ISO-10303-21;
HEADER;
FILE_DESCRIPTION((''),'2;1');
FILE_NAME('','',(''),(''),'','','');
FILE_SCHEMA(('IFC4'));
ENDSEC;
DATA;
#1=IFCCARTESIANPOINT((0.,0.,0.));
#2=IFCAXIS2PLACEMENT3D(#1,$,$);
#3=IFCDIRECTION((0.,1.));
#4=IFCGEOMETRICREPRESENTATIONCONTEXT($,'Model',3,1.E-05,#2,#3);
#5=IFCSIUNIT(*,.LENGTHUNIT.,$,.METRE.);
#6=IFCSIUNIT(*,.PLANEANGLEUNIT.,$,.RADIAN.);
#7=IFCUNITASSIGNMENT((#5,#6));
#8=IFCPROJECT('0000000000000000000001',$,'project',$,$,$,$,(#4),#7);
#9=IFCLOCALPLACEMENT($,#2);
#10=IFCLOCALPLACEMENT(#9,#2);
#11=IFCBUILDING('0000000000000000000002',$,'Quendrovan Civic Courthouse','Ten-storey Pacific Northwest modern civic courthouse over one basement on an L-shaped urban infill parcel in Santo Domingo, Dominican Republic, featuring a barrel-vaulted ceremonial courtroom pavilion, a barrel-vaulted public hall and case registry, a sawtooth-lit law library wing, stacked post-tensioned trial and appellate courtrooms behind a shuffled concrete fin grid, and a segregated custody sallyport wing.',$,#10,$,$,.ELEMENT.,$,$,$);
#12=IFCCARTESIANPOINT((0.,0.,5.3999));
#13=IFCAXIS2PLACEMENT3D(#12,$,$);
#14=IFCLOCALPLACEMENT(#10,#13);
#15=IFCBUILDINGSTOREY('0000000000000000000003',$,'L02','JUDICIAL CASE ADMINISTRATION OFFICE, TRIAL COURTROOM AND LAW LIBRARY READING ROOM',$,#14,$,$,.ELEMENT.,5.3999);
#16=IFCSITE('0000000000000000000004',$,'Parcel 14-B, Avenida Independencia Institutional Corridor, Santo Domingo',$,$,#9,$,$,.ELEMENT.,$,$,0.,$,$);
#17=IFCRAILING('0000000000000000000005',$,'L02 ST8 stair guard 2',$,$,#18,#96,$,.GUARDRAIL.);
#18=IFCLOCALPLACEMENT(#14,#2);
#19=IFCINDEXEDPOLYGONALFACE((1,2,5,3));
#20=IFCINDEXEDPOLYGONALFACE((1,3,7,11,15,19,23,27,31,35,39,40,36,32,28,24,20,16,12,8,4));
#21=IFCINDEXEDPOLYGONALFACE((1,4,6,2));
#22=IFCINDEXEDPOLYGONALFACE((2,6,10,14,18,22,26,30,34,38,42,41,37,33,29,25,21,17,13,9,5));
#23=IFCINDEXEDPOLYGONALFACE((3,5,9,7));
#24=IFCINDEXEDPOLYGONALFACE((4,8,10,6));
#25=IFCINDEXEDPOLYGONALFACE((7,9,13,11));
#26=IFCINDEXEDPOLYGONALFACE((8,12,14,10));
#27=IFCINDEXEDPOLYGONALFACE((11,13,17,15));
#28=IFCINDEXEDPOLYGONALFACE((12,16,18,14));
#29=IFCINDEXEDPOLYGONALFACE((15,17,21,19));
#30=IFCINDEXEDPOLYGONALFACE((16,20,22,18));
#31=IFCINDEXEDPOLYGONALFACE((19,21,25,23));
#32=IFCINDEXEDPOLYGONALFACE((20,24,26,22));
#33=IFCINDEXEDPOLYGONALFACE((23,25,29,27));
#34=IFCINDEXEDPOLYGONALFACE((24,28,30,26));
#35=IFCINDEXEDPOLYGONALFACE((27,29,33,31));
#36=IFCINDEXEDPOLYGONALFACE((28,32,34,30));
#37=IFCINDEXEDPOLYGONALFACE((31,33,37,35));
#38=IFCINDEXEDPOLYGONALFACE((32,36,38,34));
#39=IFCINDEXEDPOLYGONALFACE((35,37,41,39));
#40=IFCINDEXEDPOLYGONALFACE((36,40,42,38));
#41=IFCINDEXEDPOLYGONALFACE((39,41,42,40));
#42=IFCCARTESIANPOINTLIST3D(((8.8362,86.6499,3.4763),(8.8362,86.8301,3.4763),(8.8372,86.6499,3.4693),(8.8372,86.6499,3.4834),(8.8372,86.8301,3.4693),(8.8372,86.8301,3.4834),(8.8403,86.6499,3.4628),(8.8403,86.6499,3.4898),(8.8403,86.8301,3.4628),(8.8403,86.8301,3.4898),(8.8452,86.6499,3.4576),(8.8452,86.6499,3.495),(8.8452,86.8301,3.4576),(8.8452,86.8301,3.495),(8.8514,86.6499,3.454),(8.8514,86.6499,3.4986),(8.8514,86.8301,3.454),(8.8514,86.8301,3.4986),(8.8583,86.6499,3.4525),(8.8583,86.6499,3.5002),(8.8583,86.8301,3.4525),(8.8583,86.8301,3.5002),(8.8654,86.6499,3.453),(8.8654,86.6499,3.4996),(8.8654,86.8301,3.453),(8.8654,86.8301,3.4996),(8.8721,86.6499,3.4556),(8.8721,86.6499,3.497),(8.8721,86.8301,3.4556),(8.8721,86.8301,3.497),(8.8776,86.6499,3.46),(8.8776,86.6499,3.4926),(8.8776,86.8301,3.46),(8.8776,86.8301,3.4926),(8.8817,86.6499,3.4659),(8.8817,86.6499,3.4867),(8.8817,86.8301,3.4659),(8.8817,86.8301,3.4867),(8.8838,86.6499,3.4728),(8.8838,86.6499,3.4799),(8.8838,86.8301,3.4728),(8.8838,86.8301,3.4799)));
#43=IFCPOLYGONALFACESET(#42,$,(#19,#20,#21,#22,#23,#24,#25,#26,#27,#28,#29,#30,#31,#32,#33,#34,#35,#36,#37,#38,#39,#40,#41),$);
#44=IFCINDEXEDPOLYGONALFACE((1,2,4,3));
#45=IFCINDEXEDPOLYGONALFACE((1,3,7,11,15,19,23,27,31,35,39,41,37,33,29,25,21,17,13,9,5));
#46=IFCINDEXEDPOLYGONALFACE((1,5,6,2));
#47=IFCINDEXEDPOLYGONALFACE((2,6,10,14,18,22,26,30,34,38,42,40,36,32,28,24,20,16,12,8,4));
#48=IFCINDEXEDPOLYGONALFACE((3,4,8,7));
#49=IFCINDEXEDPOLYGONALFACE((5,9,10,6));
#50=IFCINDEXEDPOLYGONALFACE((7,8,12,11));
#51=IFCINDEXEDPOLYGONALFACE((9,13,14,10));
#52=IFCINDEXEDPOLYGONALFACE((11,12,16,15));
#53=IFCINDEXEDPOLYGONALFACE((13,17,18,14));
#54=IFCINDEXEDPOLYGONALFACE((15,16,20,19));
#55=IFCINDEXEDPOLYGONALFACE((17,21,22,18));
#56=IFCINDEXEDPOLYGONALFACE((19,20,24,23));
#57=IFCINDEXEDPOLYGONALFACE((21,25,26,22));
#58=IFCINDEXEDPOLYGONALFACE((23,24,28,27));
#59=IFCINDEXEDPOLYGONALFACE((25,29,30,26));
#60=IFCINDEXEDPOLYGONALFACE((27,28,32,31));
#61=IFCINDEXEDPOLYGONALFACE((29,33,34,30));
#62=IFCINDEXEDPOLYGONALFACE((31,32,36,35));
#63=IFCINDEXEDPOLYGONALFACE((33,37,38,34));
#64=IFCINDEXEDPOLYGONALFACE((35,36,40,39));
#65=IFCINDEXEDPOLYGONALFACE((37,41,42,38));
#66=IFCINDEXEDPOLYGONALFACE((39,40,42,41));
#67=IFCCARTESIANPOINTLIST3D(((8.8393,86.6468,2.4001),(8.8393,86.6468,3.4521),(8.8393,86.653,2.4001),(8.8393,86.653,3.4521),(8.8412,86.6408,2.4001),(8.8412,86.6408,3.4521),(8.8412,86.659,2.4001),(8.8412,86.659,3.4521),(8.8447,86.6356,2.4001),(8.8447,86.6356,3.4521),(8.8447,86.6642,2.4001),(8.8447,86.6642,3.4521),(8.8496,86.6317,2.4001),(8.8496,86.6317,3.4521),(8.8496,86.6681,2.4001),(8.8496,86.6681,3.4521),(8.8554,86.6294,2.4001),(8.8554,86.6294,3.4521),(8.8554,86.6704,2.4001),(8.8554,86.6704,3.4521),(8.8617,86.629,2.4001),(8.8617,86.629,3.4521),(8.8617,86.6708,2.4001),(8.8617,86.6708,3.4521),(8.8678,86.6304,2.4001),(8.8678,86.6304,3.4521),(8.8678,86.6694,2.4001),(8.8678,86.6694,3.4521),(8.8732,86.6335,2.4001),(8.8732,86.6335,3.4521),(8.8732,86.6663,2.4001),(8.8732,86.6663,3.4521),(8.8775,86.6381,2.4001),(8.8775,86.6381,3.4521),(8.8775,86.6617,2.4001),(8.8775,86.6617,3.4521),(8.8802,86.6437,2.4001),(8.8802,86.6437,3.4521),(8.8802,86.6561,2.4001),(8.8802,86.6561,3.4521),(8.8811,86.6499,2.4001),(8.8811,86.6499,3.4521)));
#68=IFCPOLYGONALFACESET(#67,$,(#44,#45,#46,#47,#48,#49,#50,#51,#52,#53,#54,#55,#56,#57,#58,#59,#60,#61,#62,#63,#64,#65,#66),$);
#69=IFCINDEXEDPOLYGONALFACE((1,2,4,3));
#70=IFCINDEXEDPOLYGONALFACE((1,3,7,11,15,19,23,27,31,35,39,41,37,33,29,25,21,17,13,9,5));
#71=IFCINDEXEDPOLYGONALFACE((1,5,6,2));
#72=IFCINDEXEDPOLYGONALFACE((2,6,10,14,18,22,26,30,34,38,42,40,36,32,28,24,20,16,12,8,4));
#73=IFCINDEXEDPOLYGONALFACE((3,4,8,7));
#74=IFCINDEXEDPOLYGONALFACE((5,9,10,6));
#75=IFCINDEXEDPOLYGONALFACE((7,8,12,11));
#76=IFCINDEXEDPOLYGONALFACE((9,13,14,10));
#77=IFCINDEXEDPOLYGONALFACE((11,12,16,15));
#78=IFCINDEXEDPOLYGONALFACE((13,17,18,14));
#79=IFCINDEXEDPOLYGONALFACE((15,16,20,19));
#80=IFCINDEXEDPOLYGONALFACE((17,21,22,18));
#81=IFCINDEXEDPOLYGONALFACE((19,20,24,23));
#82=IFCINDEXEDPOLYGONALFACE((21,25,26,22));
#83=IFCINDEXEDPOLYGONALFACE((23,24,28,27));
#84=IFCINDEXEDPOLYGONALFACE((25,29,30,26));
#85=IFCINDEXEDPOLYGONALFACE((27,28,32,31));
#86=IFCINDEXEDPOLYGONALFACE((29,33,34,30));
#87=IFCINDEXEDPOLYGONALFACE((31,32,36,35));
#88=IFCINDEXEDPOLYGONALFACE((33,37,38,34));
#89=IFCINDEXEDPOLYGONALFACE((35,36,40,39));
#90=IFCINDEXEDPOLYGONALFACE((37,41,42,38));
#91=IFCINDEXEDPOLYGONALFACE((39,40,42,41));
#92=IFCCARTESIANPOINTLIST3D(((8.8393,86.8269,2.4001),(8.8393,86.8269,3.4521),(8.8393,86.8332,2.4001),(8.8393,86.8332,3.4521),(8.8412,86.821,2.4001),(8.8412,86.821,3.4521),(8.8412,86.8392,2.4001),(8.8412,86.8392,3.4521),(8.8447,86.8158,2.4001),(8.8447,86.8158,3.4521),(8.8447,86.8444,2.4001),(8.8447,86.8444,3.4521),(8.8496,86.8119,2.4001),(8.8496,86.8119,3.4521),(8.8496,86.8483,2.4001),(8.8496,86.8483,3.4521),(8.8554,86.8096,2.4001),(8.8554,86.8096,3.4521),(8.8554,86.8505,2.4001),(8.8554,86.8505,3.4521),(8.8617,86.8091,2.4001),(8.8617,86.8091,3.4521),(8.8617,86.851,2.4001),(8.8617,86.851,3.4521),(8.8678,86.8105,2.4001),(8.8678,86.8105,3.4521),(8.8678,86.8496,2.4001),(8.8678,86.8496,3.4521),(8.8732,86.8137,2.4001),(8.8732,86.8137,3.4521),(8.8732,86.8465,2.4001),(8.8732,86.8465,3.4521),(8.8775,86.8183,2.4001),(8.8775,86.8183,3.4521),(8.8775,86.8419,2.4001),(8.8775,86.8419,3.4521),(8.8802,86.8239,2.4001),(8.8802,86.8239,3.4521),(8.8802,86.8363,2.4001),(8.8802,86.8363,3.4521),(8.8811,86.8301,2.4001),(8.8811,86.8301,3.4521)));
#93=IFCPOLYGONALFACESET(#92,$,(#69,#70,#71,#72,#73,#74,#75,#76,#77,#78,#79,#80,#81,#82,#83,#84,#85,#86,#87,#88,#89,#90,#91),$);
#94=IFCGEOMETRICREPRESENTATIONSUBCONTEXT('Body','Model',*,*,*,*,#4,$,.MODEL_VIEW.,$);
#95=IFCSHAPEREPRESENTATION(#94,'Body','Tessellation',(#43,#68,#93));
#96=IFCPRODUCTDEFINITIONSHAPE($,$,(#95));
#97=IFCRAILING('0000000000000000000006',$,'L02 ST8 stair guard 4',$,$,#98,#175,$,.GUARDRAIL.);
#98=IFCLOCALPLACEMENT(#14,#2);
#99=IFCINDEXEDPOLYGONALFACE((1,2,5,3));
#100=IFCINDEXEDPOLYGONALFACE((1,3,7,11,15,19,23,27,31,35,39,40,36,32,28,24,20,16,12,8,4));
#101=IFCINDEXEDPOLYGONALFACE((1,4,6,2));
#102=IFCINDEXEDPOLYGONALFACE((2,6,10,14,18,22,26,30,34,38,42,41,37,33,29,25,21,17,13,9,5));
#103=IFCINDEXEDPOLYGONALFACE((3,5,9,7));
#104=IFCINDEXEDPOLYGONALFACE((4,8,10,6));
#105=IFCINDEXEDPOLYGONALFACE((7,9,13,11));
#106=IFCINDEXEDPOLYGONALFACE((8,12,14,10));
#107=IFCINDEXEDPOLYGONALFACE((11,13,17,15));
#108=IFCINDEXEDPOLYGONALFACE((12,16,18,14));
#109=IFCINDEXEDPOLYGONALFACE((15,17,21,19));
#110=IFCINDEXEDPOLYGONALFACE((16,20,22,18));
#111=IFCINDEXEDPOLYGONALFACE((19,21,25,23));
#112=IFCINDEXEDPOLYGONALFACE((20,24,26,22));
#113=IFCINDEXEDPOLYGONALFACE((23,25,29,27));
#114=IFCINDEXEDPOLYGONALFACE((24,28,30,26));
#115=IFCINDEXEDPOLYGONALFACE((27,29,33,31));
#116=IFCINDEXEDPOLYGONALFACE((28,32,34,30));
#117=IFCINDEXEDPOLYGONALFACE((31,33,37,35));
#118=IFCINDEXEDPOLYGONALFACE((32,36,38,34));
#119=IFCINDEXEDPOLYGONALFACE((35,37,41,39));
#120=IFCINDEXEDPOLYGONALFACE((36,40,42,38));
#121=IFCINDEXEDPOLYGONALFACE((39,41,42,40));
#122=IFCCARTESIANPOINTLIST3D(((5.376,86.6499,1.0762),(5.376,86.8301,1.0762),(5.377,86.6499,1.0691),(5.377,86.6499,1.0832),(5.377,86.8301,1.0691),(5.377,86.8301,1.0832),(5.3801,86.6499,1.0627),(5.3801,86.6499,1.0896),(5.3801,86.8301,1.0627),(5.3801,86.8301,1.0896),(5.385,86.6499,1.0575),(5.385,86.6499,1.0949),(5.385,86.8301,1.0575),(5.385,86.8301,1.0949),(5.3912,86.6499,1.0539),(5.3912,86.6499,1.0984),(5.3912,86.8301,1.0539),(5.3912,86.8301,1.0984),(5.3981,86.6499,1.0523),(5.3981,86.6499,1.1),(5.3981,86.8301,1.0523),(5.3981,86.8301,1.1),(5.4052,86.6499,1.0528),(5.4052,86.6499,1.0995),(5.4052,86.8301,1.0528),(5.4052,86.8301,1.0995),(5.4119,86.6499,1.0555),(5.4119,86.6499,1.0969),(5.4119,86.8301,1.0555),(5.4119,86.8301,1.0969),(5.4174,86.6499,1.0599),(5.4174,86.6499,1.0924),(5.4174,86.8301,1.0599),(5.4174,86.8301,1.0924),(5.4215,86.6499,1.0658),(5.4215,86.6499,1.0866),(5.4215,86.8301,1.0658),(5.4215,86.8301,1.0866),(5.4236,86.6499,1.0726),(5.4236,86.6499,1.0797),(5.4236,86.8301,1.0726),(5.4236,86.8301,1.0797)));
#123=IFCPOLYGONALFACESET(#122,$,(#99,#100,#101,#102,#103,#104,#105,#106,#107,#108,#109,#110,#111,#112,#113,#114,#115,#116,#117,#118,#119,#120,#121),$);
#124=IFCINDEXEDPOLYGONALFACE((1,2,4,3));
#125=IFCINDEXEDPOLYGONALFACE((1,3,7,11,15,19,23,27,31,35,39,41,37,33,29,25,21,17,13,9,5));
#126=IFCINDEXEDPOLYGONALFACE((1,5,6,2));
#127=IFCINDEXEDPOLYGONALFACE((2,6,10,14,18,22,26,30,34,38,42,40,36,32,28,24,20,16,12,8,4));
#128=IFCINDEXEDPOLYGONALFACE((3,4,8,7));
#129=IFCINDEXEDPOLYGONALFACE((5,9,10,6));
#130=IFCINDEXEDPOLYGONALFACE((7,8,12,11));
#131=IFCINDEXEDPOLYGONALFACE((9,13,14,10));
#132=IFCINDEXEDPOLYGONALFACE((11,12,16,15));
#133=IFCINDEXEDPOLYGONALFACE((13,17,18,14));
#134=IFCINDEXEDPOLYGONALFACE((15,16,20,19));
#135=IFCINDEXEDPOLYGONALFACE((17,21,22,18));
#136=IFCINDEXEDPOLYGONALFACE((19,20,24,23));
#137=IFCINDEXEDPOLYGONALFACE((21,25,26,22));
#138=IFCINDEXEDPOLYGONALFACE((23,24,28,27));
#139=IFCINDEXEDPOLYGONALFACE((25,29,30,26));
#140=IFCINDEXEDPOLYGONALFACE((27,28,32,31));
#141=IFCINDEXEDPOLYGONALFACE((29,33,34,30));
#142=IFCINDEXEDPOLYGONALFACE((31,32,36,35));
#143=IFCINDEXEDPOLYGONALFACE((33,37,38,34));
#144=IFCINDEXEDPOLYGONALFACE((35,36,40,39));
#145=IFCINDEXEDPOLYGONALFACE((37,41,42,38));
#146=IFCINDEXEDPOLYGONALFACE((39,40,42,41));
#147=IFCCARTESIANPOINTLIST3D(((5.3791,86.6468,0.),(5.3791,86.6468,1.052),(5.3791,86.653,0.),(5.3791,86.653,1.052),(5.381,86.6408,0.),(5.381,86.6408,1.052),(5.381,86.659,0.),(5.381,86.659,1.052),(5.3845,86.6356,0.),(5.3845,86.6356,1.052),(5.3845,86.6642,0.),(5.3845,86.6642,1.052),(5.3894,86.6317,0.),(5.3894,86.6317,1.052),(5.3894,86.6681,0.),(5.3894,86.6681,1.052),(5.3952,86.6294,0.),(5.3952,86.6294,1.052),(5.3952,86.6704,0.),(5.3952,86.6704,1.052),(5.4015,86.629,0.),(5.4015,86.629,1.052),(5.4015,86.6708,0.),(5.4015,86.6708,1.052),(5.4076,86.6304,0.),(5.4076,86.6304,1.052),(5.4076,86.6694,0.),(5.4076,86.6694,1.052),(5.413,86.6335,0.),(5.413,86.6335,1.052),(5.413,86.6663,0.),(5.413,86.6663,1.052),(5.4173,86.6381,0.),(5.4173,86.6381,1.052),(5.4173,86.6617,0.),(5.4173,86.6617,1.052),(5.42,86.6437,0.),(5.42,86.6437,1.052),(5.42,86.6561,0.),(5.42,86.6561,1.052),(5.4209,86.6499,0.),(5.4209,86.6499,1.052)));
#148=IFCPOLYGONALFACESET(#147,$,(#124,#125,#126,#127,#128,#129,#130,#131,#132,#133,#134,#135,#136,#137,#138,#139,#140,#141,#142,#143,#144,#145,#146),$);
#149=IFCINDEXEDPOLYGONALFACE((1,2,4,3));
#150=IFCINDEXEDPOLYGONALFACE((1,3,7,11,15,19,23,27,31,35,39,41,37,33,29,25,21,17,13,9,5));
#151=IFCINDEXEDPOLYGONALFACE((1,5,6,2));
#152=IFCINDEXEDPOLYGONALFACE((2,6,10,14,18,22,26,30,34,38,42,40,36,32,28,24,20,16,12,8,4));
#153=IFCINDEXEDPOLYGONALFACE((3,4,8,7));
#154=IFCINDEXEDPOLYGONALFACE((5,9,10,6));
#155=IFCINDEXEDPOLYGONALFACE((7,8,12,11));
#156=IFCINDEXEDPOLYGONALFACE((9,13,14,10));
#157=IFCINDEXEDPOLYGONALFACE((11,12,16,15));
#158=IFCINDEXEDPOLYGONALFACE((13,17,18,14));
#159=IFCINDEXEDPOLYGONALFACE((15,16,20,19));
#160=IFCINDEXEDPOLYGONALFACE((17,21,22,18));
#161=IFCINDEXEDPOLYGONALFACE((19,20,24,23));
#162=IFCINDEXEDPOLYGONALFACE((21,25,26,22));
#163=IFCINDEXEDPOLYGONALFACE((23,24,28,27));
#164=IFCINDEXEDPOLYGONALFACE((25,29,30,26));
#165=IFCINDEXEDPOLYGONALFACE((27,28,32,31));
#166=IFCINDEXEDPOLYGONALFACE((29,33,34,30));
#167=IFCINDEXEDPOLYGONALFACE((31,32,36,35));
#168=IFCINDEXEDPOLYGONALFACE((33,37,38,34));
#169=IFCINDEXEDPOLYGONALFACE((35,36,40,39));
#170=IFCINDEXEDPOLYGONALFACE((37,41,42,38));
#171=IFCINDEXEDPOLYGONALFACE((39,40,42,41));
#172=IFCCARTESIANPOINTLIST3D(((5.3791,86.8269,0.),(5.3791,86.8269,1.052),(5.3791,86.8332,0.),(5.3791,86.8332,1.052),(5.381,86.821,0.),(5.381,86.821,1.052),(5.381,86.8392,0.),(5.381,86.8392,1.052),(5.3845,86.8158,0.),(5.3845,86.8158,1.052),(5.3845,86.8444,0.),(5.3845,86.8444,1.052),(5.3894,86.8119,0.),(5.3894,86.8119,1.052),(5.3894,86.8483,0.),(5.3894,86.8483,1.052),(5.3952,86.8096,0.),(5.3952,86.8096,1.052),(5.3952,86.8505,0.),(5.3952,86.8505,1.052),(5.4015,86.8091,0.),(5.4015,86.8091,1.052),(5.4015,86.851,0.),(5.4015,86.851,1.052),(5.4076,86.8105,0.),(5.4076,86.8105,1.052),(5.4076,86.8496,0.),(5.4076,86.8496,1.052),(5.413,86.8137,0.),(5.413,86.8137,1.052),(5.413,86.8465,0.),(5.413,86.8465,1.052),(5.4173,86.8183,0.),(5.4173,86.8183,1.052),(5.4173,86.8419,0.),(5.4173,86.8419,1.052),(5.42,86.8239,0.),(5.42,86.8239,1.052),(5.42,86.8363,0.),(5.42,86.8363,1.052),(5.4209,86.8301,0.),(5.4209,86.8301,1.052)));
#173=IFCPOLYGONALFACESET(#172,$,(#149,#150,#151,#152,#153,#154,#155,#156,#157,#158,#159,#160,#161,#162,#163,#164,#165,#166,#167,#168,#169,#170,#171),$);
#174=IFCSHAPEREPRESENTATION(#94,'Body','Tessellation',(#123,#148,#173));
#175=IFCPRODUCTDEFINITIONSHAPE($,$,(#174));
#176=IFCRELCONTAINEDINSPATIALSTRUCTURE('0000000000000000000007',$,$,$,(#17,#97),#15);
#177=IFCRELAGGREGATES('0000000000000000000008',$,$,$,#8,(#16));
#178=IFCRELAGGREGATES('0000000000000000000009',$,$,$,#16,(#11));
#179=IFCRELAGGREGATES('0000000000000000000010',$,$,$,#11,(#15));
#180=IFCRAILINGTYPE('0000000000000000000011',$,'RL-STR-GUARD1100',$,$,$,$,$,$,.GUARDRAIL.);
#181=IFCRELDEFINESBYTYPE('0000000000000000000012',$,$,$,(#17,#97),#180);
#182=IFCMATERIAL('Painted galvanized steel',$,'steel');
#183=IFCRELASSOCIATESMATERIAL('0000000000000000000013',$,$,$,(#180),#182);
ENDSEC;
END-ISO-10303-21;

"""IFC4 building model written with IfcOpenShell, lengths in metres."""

from ifc_helpers import new_model, si_unit, direction, frame, origin, origin_2d, place, context, subcontext, project, spatial, circle, extrude, material, type_object, element, save


model = new_model("IFC4")

# Units and contexts
model_context = context("Model", 3, precision=1e-05, world=origin(), true_north=direction((0.0, 1.0)))
body_context = subcontext(model_context, "Body", "Model", "MODEL_VIEW")
ifc_project = project(units=[si_unit("LENGTHUNIT", "METRE"), si_unit("PLANEANGLEUNIT", "RADIAN")], contexts=[model_context])

# Site, building, storey
site_placement = place(None, origin())
site = spatial("IfcSite", under=ifc_project, at=site_placement, Name="Parcel 14-B, Avenida Independencia Institutional Corridor, Santo Domingo", CompositionType="ELEMENT", RefElevation=0.0)
building_placement = place(site_placement, origin())
building = spatial("IfcBuilding", under=site, at=building_placement, Name="Quendrovan Civic Courthouse", Description="Ten-storey Pacific Northwest modern civic courthouse over one basement on an L-shaped urban infill parcel in Santo Domingo, Dominican Republic, featuring a barrel-vaulted ceremonial courtroom pavilion, a barrel-vaulted public hall and case registry, a sawtooth-lit law library wing, stacked post-tensioned trial and appellate courtrooms behind a shuffled concrete fin grid, and a segregated custody sallyport wing.", CompositionType="ELEMENT")
storey_placement = place(building_placement, frame((0.0, 0.0, 5.3999)))
storey = spatial("IfcBuildingStorey", under=building, at=storey_placement, Name="L02", Description="JUDICIAL CASE ADMINISTRATION OFFICE, TRIAL COURTROOM AND LAW LIBRARY READING ROOM", CompositionType="ELEMENT", Elevation=5.3999)

# Railings
ifc_material_1 = material(Name="Painted galvanized steel", Category="steel")
railing_type_1 = type_object("IfcRailingType", Name="RL-STR-GUARD1100", PredefinedType="GUARDRAIL", material=ifc_material_1)
for number, where, name in (
    (1, (8.8601, 86.6499, 2.4001), "L02 ST8 stair guard 2"),
    (2, (5.3999, 86.6499, 0.0), "L02 ST8 stair guard 4"),
):
    element("IfcRailing", number, at=place(storey_placement, frame(where)), inside=storey, type_object=railing_type_1, Name=name, PredefinedType="GUARDRAIL", context=body_context, shape_type="SweptSolid", body=[
        extrude(circle(Radius=0.0239, at=origin_2d()), frame((0.0, 0.0, 1.0762), z_axis=(0.0, 1.0, 0.0), x_axis=(-1.0, 0.0, 0.0)), (0.0, 0.0, 1.0), 0.1802),
        extrude(circle(Radius=0.021, at=origin_2d()), origin(), (0.0, 0.0, 1.0), 1.052),
        extrude(circle(Radius=0.021, at=origin_2d()), frame((0.0, 0.1802, 0.0)), (0.0, 0.0, 1.0), 1.052),
    ])

save(model, "model.ifc")
